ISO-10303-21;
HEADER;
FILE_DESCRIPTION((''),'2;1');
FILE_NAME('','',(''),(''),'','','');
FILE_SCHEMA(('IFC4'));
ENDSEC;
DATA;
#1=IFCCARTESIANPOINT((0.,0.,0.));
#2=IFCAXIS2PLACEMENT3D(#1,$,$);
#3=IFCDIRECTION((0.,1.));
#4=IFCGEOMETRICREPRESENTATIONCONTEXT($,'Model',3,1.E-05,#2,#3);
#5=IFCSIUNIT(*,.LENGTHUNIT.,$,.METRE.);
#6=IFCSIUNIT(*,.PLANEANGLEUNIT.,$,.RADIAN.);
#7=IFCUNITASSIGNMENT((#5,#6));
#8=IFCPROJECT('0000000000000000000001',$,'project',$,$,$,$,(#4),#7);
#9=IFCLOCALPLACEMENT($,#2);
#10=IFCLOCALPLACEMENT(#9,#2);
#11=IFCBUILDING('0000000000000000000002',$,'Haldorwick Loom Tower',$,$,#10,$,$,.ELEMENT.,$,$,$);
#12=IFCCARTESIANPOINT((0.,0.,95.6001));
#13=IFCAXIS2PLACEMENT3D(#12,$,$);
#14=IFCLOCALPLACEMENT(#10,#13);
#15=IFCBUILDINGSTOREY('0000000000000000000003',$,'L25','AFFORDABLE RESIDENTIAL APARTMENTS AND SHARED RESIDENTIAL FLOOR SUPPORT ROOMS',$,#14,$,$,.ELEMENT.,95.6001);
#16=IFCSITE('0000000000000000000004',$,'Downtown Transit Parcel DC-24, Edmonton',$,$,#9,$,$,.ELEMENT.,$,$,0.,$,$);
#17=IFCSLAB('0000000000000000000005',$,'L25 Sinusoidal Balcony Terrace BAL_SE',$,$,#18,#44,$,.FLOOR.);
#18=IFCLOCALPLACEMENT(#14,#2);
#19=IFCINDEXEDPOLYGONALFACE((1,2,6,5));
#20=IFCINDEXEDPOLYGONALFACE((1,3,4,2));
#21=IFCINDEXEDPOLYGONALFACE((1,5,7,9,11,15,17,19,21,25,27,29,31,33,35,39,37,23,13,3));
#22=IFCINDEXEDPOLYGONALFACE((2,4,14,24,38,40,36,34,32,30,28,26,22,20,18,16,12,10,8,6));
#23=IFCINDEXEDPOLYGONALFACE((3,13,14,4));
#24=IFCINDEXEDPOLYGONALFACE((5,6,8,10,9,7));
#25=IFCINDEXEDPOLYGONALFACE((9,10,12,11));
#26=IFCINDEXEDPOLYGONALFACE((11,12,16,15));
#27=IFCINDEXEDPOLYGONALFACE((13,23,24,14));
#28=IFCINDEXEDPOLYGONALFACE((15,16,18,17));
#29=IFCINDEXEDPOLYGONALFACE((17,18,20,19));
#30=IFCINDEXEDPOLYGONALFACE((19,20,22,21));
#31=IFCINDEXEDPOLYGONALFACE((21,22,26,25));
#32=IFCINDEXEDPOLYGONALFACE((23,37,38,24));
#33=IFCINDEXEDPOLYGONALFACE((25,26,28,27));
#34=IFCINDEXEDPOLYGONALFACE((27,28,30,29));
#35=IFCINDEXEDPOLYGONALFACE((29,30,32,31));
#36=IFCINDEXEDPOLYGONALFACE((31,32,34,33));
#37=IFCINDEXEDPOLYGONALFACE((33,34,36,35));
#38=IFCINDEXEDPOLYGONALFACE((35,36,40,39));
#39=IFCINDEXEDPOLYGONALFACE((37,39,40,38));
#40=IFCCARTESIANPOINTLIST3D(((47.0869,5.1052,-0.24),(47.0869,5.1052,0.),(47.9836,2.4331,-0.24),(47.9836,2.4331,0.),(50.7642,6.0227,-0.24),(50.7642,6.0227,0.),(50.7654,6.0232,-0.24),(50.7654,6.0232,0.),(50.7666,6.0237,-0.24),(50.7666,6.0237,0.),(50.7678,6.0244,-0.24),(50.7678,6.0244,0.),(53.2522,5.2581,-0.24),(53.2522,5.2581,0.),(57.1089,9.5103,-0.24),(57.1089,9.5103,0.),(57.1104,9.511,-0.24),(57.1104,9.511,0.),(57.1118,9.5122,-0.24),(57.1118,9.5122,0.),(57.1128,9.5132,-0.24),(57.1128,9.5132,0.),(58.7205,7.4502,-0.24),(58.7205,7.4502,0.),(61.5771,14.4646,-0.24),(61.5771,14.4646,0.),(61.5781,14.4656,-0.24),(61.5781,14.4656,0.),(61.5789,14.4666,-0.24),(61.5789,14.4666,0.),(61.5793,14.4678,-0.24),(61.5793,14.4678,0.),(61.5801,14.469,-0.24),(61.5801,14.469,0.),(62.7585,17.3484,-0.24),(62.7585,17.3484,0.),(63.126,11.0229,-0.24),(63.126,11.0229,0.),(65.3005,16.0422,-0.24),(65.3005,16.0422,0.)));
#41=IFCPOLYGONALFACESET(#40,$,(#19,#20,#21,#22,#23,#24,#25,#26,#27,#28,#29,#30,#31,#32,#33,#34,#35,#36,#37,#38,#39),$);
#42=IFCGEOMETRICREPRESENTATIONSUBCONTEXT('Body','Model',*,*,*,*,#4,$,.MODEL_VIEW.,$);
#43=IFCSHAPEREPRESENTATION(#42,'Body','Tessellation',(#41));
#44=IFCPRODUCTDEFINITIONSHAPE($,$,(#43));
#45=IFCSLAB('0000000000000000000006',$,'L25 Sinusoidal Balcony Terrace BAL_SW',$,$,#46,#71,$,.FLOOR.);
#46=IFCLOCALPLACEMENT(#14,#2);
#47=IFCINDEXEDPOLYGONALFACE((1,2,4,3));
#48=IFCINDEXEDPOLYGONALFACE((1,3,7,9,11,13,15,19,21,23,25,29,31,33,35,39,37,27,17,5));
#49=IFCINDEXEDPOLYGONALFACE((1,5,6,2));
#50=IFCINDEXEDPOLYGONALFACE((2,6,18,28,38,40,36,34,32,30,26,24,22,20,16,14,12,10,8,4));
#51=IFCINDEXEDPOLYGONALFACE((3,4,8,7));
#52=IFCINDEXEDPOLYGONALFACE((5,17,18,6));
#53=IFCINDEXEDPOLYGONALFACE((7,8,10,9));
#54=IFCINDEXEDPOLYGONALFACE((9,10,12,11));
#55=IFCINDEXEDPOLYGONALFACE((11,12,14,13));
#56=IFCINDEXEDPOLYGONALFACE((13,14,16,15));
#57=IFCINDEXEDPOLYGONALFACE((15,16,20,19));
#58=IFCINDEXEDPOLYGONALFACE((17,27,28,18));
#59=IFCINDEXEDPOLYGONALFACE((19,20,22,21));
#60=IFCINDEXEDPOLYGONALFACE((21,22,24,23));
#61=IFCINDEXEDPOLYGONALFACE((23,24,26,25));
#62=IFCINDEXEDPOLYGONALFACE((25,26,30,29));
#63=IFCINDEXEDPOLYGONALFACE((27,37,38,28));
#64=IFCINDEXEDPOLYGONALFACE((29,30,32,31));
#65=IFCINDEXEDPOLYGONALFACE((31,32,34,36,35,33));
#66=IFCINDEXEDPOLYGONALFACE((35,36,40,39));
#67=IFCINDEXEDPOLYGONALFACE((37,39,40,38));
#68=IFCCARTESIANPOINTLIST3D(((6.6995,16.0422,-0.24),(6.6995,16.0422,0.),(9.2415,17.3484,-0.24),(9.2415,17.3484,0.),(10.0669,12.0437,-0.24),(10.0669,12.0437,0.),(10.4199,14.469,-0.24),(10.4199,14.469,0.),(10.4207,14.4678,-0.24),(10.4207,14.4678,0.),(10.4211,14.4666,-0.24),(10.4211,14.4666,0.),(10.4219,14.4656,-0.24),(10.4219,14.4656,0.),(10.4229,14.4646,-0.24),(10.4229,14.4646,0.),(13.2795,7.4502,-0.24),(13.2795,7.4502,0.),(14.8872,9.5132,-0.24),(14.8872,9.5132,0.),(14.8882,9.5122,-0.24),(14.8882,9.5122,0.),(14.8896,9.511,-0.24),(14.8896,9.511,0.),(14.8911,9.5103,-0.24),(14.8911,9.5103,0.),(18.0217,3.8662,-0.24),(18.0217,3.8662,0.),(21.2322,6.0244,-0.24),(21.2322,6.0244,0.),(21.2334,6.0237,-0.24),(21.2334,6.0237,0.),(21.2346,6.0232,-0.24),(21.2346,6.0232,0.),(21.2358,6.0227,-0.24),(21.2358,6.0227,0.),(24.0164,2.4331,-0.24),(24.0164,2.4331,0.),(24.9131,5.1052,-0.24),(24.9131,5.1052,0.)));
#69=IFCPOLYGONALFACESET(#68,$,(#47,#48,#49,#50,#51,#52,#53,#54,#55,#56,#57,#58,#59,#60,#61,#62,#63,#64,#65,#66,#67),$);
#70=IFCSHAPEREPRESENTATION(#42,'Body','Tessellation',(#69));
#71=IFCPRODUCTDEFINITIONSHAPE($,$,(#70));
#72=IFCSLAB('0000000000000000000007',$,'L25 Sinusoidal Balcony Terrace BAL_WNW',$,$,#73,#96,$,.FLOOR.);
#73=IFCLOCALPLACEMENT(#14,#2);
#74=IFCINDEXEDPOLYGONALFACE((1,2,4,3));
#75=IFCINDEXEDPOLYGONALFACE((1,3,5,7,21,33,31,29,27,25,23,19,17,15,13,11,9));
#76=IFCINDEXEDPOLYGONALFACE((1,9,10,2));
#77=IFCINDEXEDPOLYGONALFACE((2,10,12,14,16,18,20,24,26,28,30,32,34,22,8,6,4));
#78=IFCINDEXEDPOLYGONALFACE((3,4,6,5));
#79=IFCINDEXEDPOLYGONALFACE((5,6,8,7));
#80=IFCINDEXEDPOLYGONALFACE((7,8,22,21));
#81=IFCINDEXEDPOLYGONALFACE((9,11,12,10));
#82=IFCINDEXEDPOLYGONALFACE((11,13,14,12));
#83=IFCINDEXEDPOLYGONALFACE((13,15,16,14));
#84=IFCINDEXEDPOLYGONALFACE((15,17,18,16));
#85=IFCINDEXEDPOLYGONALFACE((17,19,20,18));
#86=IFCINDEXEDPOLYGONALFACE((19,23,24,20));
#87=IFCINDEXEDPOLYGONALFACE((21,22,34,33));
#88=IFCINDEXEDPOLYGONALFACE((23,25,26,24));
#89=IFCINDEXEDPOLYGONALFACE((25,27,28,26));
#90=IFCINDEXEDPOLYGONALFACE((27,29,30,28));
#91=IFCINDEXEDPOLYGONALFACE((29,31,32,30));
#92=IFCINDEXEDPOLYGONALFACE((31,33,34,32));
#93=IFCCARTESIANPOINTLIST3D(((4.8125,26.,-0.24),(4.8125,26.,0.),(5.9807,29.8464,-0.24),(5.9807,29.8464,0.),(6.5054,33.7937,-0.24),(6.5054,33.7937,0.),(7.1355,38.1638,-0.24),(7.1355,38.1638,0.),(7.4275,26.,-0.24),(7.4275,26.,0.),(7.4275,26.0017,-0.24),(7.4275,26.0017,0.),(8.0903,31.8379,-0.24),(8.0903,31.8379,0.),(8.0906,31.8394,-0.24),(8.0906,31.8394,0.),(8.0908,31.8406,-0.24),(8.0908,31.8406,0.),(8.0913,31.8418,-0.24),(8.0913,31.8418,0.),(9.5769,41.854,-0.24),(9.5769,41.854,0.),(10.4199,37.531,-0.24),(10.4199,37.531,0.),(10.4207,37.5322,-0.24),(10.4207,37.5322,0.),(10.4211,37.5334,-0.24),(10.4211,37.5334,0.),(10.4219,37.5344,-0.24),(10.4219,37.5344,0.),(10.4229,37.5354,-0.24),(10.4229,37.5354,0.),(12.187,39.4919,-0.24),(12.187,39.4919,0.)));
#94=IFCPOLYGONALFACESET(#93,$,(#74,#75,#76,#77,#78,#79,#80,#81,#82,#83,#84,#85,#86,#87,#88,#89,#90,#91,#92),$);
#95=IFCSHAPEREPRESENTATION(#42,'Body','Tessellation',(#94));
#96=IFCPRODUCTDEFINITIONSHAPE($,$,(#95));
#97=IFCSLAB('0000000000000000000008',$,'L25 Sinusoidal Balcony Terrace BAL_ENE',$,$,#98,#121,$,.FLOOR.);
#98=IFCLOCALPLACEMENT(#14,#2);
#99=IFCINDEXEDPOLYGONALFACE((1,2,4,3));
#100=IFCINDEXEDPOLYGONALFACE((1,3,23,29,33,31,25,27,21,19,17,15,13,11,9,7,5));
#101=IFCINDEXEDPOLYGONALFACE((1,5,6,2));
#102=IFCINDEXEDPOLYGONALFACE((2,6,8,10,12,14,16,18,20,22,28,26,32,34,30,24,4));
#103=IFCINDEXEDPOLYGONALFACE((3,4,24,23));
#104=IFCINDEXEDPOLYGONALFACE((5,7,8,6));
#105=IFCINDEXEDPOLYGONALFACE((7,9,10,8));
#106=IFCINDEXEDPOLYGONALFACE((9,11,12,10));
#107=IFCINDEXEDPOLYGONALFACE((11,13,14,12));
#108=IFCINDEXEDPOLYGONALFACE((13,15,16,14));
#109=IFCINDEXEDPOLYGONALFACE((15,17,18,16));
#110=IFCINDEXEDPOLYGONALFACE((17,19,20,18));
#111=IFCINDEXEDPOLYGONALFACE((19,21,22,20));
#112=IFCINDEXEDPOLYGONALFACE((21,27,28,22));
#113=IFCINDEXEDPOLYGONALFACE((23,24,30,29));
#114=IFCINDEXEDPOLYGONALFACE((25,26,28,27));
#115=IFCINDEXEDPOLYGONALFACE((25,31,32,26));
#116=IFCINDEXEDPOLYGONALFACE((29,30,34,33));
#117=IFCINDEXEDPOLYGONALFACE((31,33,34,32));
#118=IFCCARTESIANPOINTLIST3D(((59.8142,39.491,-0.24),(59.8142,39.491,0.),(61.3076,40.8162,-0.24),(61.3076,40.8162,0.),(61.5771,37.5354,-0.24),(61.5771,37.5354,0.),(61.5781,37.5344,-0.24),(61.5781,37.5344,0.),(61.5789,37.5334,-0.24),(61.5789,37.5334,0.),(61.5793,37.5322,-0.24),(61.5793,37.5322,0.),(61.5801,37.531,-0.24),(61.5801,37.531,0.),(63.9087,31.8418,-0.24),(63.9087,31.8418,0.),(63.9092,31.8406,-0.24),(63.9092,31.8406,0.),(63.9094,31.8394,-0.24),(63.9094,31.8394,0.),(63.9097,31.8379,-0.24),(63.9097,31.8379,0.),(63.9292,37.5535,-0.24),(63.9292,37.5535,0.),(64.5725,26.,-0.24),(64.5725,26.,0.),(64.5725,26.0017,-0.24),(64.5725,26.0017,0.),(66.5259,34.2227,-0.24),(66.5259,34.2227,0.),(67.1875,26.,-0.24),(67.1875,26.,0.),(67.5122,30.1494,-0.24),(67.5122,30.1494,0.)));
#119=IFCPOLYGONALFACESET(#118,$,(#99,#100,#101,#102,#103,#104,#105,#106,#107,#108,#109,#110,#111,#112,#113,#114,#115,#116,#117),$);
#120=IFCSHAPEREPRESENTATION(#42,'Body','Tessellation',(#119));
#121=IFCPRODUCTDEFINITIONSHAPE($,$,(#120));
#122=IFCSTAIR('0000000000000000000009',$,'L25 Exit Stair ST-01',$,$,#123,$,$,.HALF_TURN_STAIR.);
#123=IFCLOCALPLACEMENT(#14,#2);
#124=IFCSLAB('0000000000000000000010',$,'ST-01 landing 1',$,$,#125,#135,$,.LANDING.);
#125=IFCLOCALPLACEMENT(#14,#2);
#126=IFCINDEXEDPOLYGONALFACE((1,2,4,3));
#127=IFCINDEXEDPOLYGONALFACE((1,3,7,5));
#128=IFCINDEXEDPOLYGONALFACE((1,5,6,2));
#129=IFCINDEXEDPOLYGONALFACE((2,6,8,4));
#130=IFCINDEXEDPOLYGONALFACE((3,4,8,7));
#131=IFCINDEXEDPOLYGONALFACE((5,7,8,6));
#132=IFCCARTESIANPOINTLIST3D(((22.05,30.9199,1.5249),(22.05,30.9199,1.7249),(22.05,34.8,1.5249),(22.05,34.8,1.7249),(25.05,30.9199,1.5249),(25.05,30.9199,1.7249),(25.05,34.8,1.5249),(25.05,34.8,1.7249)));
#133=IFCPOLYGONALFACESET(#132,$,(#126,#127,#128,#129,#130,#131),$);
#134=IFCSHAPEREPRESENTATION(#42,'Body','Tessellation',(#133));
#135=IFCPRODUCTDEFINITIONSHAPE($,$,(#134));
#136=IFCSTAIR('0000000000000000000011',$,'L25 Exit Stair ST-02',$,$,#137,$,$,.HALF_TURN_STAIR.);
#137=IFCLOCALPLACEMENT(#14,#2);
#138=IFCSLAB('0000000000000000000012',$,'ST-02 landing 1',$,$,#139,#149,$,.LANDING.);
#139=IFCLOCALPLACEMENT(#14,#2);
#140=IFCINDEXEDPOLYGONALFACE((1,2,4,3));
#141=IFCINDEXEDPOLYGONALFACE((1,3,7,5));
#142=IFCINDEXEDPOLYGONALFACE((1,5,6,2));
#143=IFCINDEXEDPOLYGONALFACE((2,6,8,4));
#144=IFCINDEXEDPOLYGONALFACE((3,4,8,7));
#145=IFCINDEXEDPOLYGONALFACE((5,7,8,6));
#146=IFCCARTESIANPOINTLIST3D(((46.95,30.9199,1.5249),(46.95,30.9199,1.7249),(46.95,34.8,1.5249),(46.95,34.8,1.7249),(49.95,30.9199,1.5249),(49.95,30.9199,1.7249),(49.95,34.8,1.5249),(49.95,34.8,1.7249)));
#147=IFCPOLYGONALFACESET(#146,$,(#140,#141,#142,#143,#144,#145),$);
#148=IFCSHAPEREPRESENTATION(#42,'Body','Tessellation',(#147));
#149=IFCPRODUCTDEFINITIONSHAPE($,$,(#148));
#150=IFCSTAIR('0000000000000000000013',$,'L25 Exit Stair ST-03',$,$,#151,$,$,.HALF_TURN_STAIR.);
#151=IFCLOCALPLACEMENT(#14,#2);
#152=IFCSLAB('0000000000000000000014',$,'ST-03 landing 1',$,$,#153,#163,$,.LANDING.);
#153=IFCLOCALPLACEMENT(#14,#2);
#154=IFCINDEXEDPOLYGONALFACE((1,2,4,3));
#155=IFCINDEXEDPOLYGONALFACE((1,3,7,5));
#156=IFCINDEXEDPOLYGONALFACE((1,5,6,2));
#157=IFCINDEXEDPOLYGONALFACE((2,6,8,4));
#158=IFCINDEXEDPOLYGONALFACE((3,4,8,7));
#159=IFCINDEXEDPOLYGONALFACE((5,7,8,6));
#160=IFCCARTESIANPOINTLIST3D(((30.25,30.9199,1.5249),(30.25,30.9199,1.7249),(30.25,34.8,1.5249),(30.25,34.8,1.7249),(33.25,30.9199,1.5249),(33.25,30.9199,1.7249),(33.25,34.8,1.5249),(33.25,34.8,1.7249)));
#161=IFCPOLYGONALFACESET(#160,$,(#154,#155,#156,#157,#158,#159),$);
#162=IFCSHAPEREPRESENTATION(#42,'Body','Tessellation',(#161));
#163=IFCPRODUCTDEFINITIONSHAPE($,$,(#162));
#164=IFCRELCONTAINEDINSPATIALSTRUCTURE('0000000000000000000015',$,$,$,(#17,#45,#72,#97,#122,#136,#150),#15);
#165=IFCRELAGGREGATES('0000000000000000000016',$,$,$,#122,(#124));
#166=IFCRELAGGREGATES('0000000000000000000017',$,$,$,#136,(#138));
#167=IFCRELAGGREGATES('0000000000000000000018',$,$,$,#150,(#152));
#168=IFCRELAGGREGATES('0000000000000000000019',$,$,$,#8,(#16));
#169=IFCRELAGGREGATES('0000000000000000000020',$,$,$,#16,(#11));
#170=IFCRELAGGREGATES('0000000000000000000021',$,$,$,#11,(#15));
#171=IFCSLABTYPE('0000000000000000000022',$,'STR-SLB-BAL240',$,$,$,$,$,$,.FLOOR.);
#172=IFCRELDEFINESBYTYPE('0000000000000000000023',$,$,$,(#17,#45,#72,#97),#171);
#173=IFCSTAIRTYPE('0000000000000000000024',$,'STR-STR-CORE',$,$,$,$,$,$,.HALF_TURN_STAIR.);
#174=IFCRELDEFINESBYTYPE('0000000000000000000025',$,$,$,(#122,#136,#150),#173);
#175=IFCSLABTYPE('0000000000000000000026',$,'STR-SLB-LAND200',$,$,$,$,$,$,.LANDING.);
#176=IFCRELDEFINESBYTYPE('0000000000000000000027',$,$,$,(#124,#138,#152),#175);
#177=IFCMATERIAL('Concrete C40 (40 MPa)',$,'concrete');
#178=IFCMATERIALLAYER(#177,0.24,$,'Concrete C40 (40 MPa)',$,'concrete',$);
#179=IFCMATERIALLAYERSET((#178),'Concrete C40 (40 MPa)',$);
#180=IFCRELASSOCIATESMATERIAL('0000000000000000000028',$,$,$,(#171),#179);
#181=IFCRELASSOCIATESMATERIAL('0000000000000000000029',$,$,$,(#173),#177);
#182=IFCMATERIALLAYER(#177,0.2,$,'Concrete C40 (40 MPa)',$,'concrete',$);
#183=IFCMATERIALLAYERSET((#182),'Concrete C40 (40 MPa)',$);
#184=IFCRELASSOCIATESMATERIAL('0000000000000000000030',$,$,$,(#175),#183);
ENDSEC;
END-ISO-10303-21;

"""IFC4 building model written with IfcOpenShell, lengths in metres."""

from ifc_helpers import new_model, si_unit, direction, frame, origin, place, context, subcontext, project, spatial, polyline, outline, extrude, material, layer, layer_set, type_object, element, aggregate, save


model = new_model("IFC4")

# Units and contexts
model_context = context("Model", 3, precision=1e-05, world=origin(), true_north=direction((0.0, 1.0)))
body_context = subcontext(model_context, "Body", "Model", "MODEL_VIEW")
ifc_project = project(units=[si_unit("LENGTHUNIT", "METRE"), si_unit("PLANEANGLEUNIT", "RADIAN")], contexts=[model_context])

# Site, building, storey
site_placement = place(None, origin())
site = spatial("IfcSite", under=ifc_project, at=site_placement, Name="Downtown Transit Parcel DC-24, Edmonton", CompositionType="ELEMENT", RefElevation=0.0)
building_placement = place(site_placement, origin())
building = spatial("IfcBuilding", under=site, at=building_placement, Name="Haldorwick Loom Tower", CompositionType="ELEMENT")
storey_placement = place(building_placement, frame((0.0, 0.0, 95.6001)))
storey = spatial("IfcBuildingStorey", under=building, at=storey_placement, Name="L25", Description="AFFORDABLE RESIDENTIAL APARTMENTS AND SHARED RESIDENTIAL FLOOR SUPPORT ROOMS", CompositionType="ELEMENT", Elevation=95.6001)

# Slabs
ifc_material_1 = material(Name="Concrete C40 (40 MPa)", Category="concrete")
ifc_layer_1 = layer(ifc_material_1, 0.24, Name="Concrete C40 (40 MPa)", Category="concrete")
ifc_layer_set_1 = layer_set([ifc_layer_1], Name="Concrete C40 (40 MPa)")
slab_type_1 = type_object("IfcSlabType", Name="STR-SLB-BAL240", PredefinedType="FLOOR", material=ifc_layer_set_1)
slab_1_placement = place(storey_placement, frame((0.0, 0.0, -0.24)))
element("IfcSlab", 1, at=slab_1_placement, inside=storey, type_object=slab_type_1, Name="L25 Sinusoidal Balcony Terrace BAL_SE", PredefinedType="FLOOR", context=body_context, shape_type="SweptSolid", body=[
    extrude(outline(polyline([(62.7585, 17.3484), (61.5801, 14.469), (61.5793, 14.4678), (61.5789, 14.4666), (61.5781, 14.4656), (61.5771, 14.4646), (57.1128, 9.5132), (57.1118, 9.5122), (57.1104, 9.511), (57.1089, 9.5103), (50.7678, 6.0244), (50.7666, 6.0237), (50.7654, 6.0232), (50.7642, 6.0227), (47.0869, 5.1052), (47.9836, 2.4331), (53.2522, 5.2581), (58.7205, 7.4502), (63.126, 11.0229), (65.3005, 16.0422), (62.7585, 17.3484)])), origin(), (0.0, 0.0, 1.0), 0.24),
])
slab_2_placement = place(storey_placement, frame((0.0, 0.0, -0.24)))
element("IfcSlab", 2, at=slab_2_placement, inside=storey, type_object=slab_type_1, Name="L25 Sinusoidal Balcony Terrace BAL_SW", PredefinedType="FLOOR", context=body_context, shape_type="SweptSolid", body=[
    extrude(outline(polyline([(24.9131, 5.1052), (21.2358, 6.0227), (21.2346, 6.0232), (21.2334, 6.0237), (21.2322, 6.0244), (14.8911, 9.5103), (14.8896, 9.511), (14.8882, 9.5122), (14.8872, 9.5132), (10.4229, 14.4646), (10.4219, 14.4656), (10.4211, 14.4666), (10.4207, 14.4678), (10.4199, 14.469), (9.2415, 17.3484), (6.6995, 16.0422), (10.0669, 12.0437), (13.2795, 7.4502), (18.0217, 3.8662), (24.0164, 2.4331), (24.9131, 5.1052)])), origin(), (0.0, 0.0, 1.0), 0.24),
])
slab_3_placement = place(storey_placement, frame((0.0, 0.0, -0.24)))
element("IfcSlab", 3, at=slab_3_placement, inside=storey, type_object=slab_type_1, Name="L25 Sinusoidal Balcony Terrace BAL_WNW", PredefinedType="FLOOR", context=body_context, shape_type="SweptSolid", body=[
    extrude(outline(polyline([(7.4275, 26.0), (7.4275, 26.0017), (8.0903, 31.8379), (8.0906, 31.8394), (8.0908, 31.8406), (8.0913, 31.8418), (10.4199, 37.531), (10.4207, 37.5322), (10.4211, 37.5334), (10.4219, 37.5344), (10.4229, 37.5354), (12.187, 39.4919), (9.5769, 41.854), (7.1355, 38.1638), (6.5054, 33.7937), (5.9807, 29.8464), (4.8125, 26.0), (7.4275, 26.0)])), origin(), (0.0, 0.0, 1.0), 0.24),
])
slab_4_placement = place(storey_placement, frame((0.0, 0.0, -0.24)))
element("IfcSlab", 4, at=slab_4_placement, inside=storey, type_object=slab_type_1, Name="L25 Sinusoidal Balcony Terrace BAL_ENE", PredefinedType="FLOOR", context=body_context, shape_type="SweptSolid", body=[
    extrude(outline(polyline([(59.8142, 39.491), (61.5771, 37.5354), (61.5781, 37.5344), (61.5789, 37.5334), (61.5793, 37.5322), (61.5801, 37.531), (63.9087, 31.8418), (63.9092, 31.8406), (63.9094, 31.8394), (63.9097, 31.8379), (64.5725, 26.0017), (64.5725, 26.0), (67.1875, 26.0), (67.5122, 30.1494), (66.5259, 34.2227), (63.9292, 37.5535), (61.3076, 40.8162), (59.8142, 39.491)])), origin(), (0.0, 0.0, 1.0), 0.24),
])

# Stairs, slabs
stair_type = type_object("IfcStairType", Name="STR-STR-CORE", PredefinedType="HALF_TURN_STAIR", material=ifc_material_1)
stair_1_placement = place(storey_placement, origin())
stair_1 = element("IfcStair", 5, at=stair_1_placement, inside=storey, type_object=stair_type, Name="L25 Exit Stair ST-01", PredefinedType="HALF_TURN_STAIR")
ifc_layer_2 = layer(ifc_material_1, 0.2, Name="Concrete C40 (40 MPa)", Category="concrete")
ifc_layer_set_2 = layer_set([ifc_layer_2], Name="Concrete C40 (40 MPa)")
slab_type_2 = type_object("IfcSlabType", Name="STR-SLB-LAND200", PredefinedType="LANDING", material=ifc_layer_set_2)
slab_5_placement = place(storey_placement, frame((0.0, 0.0, 1.5249)))
slab_5 = element("IfcSlab", 6, at=slab_5_placement, type_object=slab_type_2, Name="ST-01 landing 1", PredefinedType="LANDING", context=body_context, shape_type="SweptSolid", body=[
    extrude(outline(polyline([(25.05, 30.9199), (25.05, 34.8), (22.05, 34.8), (22.05, 30.9199), (25.05, 30.9199)])), origin(), (0.0, 0.0, 1.0), 0.2),
])
aggregate(stair_1, [slab_5])
stair_2_placement = place(storey_placement, origin())
stair_2 = element("IfcStair", 7, at=stair_2_placement, inside=storey, type_object=stair_type, Name="L25 Exit Stair ST-02", PredefinedType="HALF_TURN_STAIR")
slab_6_placement = place(storey_placement, frame((0.0, 0.0, 1.5249)))
slab_6 = element("IfcSlab", 8, at=slab_6_placement, type_object=slab_type_2, Name="ST-02 landing 1", PredefinedType="LANDING", context=body_context, shape_type="SweptSolid", body=[
    extrude(outline(polyline([(49.95, 30.9199), (49.95, 34.8), (46.95, 34.8), (46.95, 30.9199), (49.95, 30.9199)])), origin(), (0.0, 0.0, 1.0), 0.2),
])
aggregate(stair_2, [slab_6])
stair_3_placement = place(storey_placement, origin())
stair_3 = element("IfcStair", 9, at=stair_3_placement, inside=storey, type_object=stair_type, Name="L25 Exit Stair ST-03", PredefinedType="HALF_TURN_STAIR")
slab_7_placement = place(storey_placement, frame((0.0, 0.0, 1.5249)))
slab_7 = element("IfcSlab", 10, at=slab_7_placement, type_object=slab_type_2, Name="ST-03 landing 1", PredefinedType="LANDING", context=body_context, shape_type="SweptSolid", body=[
    extrude(outline(polyline([(33.25, 30.9199), (33.25, 34.8), (30.25, 34.8), (30.25, 30.9199), (33.25, 30.9199)])), origin(), (0.0, 0.0, 1.0), 0.2),
])
aggregate(stair_3, [slab_7])

save(model, "model.ifc")
